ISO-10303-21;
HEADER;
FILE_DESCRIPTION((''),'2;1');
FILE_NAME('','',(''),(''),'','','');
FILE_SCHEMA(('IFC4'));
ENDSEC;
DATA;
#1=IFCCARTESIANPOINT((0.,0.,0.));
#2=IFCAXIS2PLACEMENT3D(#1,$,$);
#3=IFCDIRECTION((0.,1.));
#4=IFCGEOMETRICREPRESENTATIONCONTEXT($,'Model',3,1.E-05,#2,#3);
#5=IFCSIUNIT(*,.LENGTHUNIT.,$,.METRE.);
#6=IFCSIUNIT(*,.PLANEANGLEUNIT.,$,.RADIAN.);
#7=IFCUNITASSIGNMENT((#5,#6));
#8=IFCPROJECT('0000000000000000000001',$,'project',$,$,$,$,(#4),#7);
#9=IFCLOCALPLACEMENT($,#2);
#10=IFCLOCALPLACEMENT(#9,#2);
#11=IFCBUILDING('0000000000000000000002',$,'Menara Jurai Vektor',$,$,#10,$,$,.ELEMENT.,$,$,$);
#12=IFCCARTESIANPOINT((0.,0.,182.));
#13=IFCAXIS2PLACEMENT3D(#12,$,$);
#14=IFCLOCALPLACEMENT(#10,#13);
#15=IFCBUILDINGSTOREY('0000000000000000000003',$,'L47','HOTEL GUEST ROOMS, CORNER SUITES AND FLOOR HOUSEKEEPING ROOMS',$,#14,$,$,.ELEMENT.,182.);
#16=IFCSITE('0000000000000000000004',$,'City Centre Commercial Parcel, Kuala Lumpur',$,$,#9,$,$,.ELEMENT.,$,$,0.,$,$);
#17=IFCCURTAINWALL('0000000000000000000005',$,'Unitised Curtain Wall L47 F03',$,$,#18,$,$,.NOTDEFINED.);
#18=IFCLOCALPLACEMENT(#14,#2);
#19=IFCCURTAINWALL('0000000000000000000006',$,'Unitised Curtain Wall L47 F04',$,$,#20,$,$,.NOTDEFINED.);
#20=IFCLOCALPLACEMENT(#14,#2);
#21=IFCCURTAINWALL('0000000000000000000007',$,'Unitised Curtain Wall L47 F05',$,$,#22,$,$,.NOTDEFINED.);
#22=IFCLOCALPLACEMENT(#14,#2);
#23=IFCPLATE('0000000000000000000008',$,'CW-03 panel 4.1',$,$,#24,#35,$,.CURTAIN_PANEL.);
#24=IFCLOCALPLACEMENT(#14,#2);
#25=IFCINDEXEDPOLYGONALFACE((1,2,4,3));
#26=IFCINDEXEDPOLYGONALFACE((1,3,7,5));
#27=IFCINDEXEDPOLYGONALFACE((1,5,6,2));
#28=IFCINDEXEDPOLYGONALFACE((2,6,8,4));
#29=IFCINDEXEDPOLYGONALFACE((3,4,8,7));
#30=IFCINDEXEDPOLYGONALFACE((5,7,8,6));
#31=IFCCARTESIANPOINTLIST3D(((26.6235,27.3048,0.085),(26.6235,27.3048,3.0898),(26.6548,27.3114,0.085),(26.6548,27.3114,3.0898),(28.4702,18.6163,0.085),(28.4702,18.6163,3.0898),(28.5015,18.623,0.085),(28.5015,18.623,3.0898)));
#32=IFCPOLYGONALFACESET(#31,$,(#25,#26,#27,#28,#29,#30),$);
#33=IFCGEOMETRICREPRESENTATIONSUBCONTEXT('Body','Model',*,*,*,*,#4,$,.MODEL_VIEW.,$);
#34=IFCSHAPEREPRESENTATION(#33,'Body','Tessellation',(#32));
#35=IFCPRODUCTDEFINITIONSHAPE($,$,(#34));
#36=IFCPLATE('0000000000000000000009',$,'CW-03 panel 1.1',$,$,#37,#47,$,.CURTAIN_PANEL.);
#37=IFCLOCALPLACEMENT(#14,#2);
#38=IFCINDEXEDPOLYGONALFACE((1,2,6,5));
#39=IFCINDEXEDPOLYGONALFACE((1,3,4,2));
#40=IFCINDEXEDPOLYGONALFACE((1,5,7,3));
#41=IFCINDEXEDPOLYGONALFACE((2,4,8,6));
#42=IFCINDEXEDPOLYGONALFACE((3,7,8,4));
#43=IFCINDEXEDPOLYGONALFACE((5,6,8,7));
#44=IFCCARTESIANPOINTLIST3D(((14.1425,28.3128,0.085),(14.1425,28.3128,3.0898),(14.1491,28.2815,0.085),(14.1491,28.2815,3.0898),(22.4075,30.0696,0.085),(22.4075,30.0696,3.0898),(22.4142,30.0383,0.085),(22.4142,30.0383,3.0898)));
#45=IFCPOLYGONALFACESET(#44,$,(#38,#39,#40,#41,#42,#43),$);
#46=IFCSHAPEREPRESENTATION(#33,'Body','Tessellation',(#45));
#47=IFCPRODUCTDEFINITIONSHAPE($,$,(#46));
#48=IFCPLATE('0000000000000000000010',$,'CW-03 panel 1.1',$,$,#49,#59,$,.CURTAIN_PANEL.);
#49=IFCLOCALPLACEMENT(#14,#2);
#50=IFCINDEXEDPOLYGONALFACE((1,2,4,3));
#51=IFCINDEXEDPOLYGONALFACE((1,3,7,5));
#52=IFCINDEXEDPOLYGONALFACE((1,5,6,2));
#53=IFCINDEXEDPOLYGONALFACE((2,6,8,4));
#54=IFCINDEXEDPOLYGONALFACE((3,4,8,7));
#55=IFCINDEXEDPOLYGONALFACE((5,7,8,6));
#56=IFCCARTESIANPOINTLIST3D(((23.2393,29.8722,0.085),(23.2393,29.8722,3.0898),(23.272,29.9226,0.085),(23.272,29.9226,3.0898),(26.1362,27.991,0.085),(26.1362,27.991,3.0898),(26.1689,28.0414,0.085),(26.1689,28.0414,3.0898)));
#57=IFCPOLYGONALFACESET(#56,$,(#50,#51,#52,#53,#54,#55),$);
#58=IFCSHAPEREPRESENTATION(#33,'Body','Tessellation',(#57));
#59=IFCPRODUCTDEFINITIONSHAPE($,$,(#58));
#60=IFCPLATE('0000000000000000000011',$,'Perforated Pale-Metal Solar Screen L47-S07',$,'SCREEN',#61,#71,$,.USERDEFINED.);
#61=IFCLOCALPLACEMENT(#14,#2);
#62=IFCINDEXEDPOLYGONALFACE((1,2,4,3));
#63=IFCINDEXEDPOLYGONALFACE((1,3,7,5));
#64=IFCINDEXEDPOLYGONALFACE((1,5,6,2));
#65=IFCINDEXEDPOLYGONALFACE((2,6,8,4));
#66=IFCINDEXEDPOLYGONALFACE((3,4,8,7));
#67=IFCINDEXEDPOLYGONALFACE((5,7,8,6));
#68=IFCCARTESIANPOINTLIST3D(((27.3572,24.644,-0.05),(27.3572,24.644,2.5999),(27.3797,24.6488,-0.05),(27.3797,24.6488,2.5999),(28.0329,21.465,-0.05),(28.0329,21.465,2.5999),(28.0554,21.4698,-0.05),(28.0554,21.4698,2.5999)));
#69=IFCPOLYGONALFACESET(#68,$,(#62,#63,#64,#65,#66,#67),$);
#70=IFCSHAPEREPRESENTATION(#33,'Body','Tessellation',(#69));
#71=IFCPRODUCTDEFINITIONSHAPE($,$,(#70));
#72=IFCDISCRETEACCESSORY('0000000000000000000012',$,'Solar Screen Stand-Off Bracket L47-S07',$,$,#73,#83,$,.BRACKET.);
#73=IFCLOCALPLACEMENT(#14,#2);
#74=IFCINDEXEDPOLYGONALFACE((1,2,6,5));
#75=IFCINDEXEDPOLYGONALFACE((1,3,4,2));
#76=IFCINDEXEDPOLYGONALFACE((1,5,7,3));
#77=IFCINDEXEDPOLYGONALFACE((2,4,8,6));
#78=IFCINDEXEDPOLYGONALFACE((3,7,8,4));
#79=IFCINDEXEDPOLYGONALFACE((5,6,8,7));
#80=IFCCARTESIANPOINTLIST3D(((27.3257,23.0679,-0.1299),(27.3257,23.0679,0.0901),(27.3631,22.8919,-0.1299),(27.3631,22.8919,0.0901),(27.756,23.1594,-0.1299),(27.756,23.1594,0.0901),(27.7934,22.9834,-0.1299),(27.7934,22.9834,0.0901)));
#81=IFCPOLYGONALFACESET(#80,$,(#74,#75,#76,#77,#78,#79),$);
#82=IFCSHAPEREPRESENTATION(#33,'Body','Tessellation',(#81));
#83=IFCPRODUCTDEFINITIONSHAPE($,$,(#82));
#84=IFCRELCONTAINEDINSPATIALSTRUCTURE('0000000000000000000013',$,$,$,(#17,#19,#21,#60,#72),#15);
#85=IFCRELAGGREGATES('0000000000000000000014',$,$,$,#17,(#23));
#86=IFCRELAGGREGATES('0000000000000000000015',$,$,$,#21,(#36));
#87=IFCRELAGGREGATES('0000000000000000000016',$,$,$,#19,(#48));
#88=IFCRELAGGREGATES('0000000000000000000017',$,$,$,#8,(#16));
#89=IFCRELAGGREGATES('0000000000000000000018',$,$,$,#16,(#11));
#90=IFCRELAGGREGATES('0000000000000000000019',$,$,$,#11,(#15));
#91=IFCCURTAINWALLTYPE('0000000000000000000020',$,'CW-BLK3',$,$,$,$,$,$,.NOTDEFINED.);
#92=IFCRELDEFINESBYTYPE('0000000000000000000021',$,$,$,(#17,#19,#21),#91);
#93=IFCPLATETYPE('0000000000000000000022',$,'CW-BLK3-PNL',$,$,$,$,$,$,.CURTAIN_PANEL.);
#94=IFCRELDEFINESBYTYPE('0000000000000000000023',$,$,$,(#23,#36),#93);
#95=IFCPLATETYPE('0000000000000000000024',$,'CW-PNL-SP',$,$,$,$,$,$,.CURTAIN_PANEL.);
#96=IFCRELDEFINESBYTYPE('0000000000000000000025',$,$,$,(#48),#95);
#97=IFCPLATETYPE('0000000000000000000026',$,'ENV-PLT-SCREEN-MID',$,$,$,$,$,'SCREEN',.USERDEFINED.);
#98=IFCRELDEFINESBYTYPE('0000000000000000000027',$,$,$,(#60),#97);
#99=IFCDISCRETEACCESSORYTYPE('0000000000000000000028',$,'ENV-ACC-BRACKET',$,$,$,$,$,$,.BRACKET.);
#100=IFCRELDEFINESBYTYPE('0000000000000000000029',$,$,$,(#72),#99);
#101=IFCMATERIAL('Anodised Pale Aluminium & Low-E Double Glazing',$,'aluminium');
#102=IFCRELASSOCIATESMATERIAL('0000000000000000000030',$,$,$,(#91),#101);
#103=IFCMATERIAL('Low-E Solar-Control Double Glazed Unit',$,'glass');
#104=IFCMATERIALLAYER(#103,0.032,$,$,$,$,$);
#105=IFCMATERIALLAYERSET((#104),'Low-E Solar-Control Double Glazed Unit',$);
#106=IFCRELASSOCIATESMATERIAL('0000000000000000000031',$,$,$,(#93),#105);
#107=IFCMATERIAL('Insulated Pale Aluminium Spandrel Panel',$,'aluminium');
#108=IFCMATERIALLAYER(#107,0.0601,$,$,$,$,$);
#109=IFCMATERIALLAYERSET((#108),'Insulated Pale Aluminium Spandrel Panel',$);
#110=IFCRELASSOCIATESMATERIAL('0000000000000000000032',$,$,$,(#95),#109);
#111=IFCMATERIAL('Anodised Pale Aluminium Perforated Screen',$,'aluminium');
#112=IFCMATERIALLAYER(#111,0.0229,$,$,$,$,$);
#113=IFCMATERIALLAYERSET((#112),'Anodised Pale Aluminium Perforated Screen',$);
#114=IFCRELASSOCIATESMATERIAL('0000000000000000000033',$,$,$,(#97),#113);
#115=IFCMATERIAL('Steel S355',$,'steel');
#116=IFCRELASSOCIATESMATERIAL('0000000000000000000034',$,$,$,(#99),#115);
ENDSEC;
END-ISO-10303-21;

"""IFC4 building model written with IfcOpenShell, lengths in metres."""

from ifc_helpers import new_model, si_unit, direction, frame, origin, origin_2d, place, context, subcontext, project, spatial, rectangle, extrude, material, layer, layer_set, type_object, element, aggregate, save


model = new_model("IFC4")

# Units and contexts
model_context = context("Model", 3, precision=1e-05, world=origin(), true_north=direction((0.0, 1.0)))
body_context = subcontext(model_context, "Body", "Model", "MODEL_VIEW")
ifc_project = project(units=[si_unit("LENGTHUNIT", "METRE"), si_unit("PLANEANGLEUNIT", "RADIAN")], contexts=[model_context])

# Site, building, storey
site_placement = place(None, origin())
site = spatial("IfcSite", under=ifc_project, at=site_placement, Name="City Centre Commercial Parcel, Kuala Lumpur", CompositionType="ELEMENT", RefElevation=0.0)
building_placement = place(site_placement, origin())
building = spatial("IfcBuilding", under=site, at=building_placement, Name="Menara Jurai Vektor", CompositionType="ELEMENT")
storey_placement = place(building_placement, frame((0.0, 0.0, 182.0)))
storey = spatial("IfcBuildingStorey", under=building, at=storey_placement, Name="L47", Description="HOTEL GUEST ROOMS, CORNER SUITES AND FLOOR HOUSEKEEPING ROOMS", CompositionType="ELEMENT", Elevation=182.0)

# Curtain walls
ifc_material_1 = material(Name="Anodised Pale Aluminium & Low-E Double Glazing", Category="aluminium")
curtain_wall_type = type_object("IfcCurtainWallType", Name="CW-BLK3", PredefinedType="NOTDEFINED", material=ifc_material_1)
curtain_wall_1_placement = place(storey_placement, origin())
curtain_wall_1 = element("IfcCurtainWall", 1, at=curtain_wall_1_placement, inside=storey, type_object=curtain_wall_type, Name="Unitised Curtain Wall L47 F03", PredefinedType="NOTDEFINED")
curtain_wall_2_placement = place(storey_placement, origin())
curtain_wall_2 = element("IfcCurtainWall", 2, at=curtain_wall_2_placement, inside=storey, type_object=curtain_wall_type, Name="Unitised Curtain Wall L47 F04", PredefinedType="NOTDEFINED")

# Curtain wall
curtain_wall_3_placement = place(storey_placement, origin())
curtain_wall_3 = element("IfcCurtainWall", 3, at=curtain_wall_3_placement, inside=storey, type_object=curtain_wall_type, Name="Unitised Curtain Wall L47 F05", PredefinedType="NOTDEFINED")

# Shared definitions
ifc_material_2 = material(Name="Steel S355", Category="steel")

# Plates
ifc_material_3 = material(Name="Low-E Solar-Control Double Glazed Unit", Category="glass")
ifc_layer_1 = layer(ifc_material_3, 0.032)
ifc_layer_set_1 = layer_set([ifc_layer_1], Name="Low-E Solar-Control Double Glazed Unit")
plate_type_1 = type_object("IfcPlateType", Name="CW-BLK3-PNL", PredefinedType="CURTAIN_PANEL", material=ifc_layer_set_1)
plate_1_placement = place(storey_placement, frame((27.5625, 22.9639, 0.085), z_axis=(0.0, 0.0, 1.0), x_axis=(-0.20791, 0.978148, 0.0)))
plate_1 = element("IfcPlate", 4, at=plate_1_placement, type_object=plate_type_1, Name="CW-03 panel 4.1", PredefinedType="CURTAIN_PANEL", context=body_context, shape_type="SweptSolid", body=[
    extrude(rectangle(XDim=8.8826, YDim=0.032, at=origin_2d()), origin(), (0.0, 0.0, 1.0), 3.0049),
])
aggregate(curtain_wall_1, [plate_1])
plate_2_placement = place(storey_placement, frame((18.2783, 29.1755, 0.085), z_axis=(0.0, 0.0, 1.0), x_axis=(-0.978148, -0.207911, 0.0)))
plate_2 = element("IfcPlate", 5, at=plate_2_placement, type_object=plate_type_1, Name="CW-03 panel 1.1", PredefinedType="CURTAIN_PANEL", context=body_context, shape_type="SweptSolid", body=[
    extrude(rectangle(XDim=8.4497, YDim=0.032, at=origin_2d()), origin(), (0.0, 0.0, 1.0), 3.0049),
])
aggregate(curtain_wall_3, [plate_2])
ifc_material_4 = material(Name="Insulated Pale Aluminium Spandrel Panel", Category="aluminium")
ifc_layer_2 = layer(ifc_material_4, 0.0601)
ifc_layer_set_2 = layer_set([ifc_layer_2], Name="Insulated Pale Aluminium Spandrel Panel")
plate_type_2 = type_object("IfcPlateType", Name="CW-PNL-SP", PredefinedType="CURTAIN_PANEL", material=ifc_layer_set_2)
plate_3_placement = place(storey_placement, frame((24.7041, 28.9568, 0.085), z_axis=(0.0, 0.0, 1.0), x_axis=(-0.838684, 0.544618, 0.0)))
plate_3 = element("IfcPlate", 6, at=plate_3_placement, type_object=plate_type_2, Name="CW-03 panel 1.1", PredefinedType="CURTAIN_PANEL", context=body_context, shape_type="SweptSolid", body=[
    extrude(rectangle(XDim=3.4541, YDim=0.0601, at=origin_2d()), origin(), (0.0, 0.0, 1.0), 3.0049),
])
aggregate(curtain_wall_2, [plate_3])
ifc_material_5 = material(Name="Anodised Pale Aluminium Perforated Screen", Category="aluminium")
ifc_layer_3 = layer(ifc_material_5, 0.0229)
ifc_layer_set_3 = layer_set([ifc_layer_3], Name="Anodised Pale Aluminium Perforated Screen")
plate_type_3 = type_object("IfcPlateType", Name="ENV-PLT-SCREEN-MID", ElementType="SCREEN", PredefinedType="USERDEFINED", material=ifc_layer_set_3)
plate_4_placement = place(storey_placement, frame((27.7063, 23.0569, -0.05), z_axis=(0.0, 0.0, 1.0), x_axis=(-0.207912, 0.978148, 0.0)))
element("IfcPlate", 7, at=plate_4_placement, inside=storey, type_object=plate_type_3, Name="Perforated Pale-Metal Solar Screen L47-S07", ObjectType="SCREEN", PredefinedType="USERDEFINED", context=body_context, shape_type="SweptSolid", body=[
    extrude(rectangle(XDim=3.25, YDim=0.0229, at=origin_2d()), origin(), (0.0, 0.0, 1.0), 2.6499),
])

# Discrete accessory
discrete_accessory_type = type_object("IfcDiscreteAccessoryType", Name="ENV-ACC-BRACKET", PredefinedType="BRACKET", material=ifc_material_2)
discrete_accessory_placement = place(storey_placement, frame((27.5596, 23.0256, -0.1299), z_axis=(0.0, 0.0, 1.0), x_axis=(-0.207912, 0.978148, 0.0)))
element("IfcDiscreteAccessory", 8, at=discrete_accessory_placement, inside=storey, type_object=discrete_accessory_type, Name="Solar Screen Stand-Off Bracket L47-S07", PredefinedType="BRACKET", context=body_context, shape_type="SweptSolid", body=[
    extrude(rectangle(XDim=0.1799, YDim=0.4399, at=origin_2d()), origin(), (0.0, 0.0, 1.0), 0.22),
])

save(model, "model.ifc")
